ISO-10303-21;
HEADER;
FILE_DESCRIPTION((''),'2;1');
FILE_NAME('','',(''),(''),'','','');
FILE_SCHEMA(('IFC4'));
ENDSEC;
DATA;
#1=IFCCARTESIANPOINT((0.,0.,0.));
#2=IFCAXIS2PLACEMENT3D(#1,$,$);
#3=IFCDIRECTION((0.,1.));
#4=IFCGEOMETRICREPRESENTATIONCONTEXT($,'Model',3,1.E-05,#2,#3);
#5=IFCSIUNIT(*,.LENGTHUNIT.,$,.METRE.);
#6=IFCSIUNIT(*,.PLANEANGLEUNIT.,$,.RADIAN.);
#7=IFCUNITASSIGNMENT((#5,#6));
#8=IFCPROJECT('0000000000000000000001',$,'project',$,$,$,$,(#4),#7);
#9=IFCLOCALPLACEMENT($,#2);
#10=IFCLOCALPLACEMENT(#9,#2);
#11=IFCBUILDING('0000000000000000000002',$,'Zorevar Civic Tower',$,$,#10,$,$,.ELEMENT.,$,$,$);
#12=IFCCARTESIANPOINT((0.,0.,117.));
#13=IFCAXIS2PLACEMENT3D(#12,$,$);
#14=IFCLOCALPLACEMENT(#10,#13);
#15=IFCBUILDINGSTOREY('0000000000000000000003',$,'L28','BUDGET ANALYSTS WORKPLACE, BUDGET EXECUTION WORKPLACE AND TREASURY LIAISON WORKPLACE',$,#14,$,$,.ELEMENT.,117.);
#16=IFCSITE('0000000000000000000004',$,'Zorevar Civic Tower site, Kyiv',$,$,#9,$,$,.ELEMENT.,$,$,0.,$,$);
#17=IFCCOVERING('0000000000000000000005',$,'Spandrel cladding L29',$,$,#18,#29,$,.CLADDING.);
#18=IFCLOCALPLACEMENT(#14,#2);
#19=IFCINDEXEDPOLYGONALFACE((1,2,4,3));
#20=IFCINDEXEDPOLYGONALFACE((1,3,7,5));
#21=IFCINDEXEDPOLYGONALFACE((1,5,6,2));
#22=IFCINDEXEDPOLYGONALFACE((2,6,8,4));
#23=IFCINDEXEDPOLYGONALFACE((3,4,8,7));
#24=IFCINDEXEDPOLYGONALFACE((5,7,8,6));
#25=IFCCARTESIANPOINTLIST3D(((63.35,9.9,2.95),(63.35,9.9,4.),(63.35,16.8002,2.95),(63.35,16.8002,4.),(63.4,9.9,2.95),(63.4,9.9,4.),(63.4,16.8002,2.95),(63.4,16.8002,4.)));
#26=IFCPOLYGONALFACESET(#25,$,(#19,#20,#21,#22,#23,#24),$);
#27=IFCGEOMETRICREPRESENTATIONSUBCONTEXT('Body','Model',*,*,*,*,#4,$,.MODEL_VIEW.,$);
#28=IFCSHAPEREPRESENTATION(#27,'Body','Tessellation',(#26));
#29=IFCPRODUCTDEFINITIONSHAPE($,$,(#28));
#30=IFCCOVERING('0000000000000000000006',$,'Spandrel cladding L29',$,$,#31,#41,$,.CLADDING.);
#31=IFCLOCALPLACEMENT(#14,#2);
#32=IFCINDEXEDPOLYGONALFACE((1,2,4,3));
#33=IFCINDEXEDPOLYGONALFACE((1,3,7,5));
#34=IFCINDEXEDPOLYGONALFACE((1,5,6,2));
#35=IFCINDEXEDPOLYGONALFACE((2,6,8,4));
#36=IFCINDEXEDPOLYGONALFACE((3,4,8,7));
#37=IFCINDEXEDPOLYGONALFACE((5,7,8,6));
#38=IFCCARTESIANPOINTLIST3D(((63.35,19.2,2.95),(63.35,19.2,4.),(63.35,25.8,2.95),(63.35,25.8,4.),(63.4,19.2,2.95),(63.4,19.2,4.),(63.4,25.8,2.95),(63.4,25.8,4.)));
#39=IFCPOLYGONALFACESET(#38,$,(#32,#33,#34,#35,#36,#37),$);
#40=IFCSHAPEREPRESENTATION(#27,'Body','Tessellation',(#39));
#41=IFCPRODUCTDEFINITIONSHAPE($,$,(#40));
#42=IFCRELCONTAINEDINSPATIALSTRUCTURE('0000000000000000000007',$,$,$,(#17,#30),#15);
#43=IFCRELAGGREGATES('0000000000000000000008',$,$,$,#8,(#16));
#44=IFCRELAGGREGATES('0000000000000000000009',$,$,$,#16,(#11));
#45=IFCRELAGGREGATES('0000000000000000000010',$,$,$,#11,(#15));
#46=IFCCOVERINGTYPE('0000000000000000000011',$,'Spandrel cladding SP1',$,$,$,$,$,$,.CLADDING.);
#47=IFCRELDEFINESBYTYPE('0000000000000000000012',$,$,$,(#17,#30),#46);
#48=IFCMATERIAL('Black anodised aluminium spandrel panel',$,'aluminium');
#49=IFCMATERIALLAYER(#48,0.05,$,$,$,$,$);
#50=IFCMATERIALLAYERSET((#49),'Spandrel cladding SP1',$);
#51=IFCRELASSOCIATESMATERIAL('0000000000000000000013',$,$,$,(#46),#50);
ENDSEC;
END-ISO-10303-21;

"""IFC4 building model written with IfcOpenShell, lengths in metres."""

from ifc_helpers import new_model, si_unit, direction, frame, frame_2d, origin, place, context, subcontext, project, spatial, rectangle, extrude, material, layer, layer_set, type_object, element, save


model = new_model("IFC4")

# Units and contexts
model_context = context("Model", 3, precision=1e-05, world=origin(), true_north=direction((0.0, 1.0)))
body_context = subcontext(model_context, "Body", "Model", "MODEL_VIEW")
ifc_project = project(units=[si_unit("LENGTHUNIT", "METRE"), si_unit("PLANEANGLEUNIT", "RADIAN")], contexts=[model_context])

# Site, building, storey
site_placement = place(None, origin())
site = spatial("IfcSite", under=ifc_project, at=site_placement, Name="Zorevar Civic Tower site, Kyiv", CompositionType="ELEMENT", RefElevation=0.0)
building_placement = place(site_placement, origin())
building = spatial("IfcBuilding", under=site, at=building_placement, Name="Zorevar Civic Tower", CompositionType="ELEMENT")
storey_placement = place(building_placement, frame((0.0, 0.0, 117.0)))
storey = spatial("IfcBuildingStorey", under=building, at=storey_placement, Name="L28", Description="BUDGET ANALYSTS WORKPLACE, BUDGET EXECUTION WORKPLACE AND TREASURY LIAISON WORKPLACE", CompositionType="ELEMENT", Elevation=117.0)

# Coverings
ifc_material_1 = material(Name="Black anodised aluminium spandrel panel", Category="aluminium")
ifc_layer_1 = layer(ifc_material_1, 0.05)
ifc_layer_set_1 = layer_set([ifc_layer_1], Name="Spandrel cladding SP1")
covering_type = type_object("IfcCoveringType", Name="Spandrel cladding SP1", PredefinedType="CLADDING", material=ifc_layer_set_1)
covering_1_placement = place(storey_placement, frame((63.375, 9.8999, 2.95), z_axis=(0.0, 0.0, 1.0), x_axis=(0.0, 1.0, 0.0)))
element("IfcCovering", 1, at=covering_1_placement, inside=storey, type_object=covering_type, Name="Spandrel cladding L29", PredefinedType="CLADDING", context=body_context, shape_type="SweptSolid", body=[
    extrude(rectangle(XDim=6.9001, YDim=0.05, at=frame_2d((3.4502, 0.0))), origin(), (0.0, 0.0, 1.0), 1.05),
])
covering_2_placement = place(storey_placement, frame((63.375, 19.2, 2.95), z_axis=(0.0, 0.0, 1.0), x_axis=(0.0, 1.0, 0.0)))
element("IfcCovering", 2, at=covering_2_placement, inside=storey, type_object=covering_type, Name="Spandrel cladding L29", PredefinedType="CLADDING", context=body_context, shape_type="SweptSolid", body=[
    extrude(rectangle(XDim=6.6001, YDim=0.05, at=frame_2d((3.3, 0.0))), origin(), (0.0, 0.0, 1.0), 1.05),
])

save(model, "model.ifc")
